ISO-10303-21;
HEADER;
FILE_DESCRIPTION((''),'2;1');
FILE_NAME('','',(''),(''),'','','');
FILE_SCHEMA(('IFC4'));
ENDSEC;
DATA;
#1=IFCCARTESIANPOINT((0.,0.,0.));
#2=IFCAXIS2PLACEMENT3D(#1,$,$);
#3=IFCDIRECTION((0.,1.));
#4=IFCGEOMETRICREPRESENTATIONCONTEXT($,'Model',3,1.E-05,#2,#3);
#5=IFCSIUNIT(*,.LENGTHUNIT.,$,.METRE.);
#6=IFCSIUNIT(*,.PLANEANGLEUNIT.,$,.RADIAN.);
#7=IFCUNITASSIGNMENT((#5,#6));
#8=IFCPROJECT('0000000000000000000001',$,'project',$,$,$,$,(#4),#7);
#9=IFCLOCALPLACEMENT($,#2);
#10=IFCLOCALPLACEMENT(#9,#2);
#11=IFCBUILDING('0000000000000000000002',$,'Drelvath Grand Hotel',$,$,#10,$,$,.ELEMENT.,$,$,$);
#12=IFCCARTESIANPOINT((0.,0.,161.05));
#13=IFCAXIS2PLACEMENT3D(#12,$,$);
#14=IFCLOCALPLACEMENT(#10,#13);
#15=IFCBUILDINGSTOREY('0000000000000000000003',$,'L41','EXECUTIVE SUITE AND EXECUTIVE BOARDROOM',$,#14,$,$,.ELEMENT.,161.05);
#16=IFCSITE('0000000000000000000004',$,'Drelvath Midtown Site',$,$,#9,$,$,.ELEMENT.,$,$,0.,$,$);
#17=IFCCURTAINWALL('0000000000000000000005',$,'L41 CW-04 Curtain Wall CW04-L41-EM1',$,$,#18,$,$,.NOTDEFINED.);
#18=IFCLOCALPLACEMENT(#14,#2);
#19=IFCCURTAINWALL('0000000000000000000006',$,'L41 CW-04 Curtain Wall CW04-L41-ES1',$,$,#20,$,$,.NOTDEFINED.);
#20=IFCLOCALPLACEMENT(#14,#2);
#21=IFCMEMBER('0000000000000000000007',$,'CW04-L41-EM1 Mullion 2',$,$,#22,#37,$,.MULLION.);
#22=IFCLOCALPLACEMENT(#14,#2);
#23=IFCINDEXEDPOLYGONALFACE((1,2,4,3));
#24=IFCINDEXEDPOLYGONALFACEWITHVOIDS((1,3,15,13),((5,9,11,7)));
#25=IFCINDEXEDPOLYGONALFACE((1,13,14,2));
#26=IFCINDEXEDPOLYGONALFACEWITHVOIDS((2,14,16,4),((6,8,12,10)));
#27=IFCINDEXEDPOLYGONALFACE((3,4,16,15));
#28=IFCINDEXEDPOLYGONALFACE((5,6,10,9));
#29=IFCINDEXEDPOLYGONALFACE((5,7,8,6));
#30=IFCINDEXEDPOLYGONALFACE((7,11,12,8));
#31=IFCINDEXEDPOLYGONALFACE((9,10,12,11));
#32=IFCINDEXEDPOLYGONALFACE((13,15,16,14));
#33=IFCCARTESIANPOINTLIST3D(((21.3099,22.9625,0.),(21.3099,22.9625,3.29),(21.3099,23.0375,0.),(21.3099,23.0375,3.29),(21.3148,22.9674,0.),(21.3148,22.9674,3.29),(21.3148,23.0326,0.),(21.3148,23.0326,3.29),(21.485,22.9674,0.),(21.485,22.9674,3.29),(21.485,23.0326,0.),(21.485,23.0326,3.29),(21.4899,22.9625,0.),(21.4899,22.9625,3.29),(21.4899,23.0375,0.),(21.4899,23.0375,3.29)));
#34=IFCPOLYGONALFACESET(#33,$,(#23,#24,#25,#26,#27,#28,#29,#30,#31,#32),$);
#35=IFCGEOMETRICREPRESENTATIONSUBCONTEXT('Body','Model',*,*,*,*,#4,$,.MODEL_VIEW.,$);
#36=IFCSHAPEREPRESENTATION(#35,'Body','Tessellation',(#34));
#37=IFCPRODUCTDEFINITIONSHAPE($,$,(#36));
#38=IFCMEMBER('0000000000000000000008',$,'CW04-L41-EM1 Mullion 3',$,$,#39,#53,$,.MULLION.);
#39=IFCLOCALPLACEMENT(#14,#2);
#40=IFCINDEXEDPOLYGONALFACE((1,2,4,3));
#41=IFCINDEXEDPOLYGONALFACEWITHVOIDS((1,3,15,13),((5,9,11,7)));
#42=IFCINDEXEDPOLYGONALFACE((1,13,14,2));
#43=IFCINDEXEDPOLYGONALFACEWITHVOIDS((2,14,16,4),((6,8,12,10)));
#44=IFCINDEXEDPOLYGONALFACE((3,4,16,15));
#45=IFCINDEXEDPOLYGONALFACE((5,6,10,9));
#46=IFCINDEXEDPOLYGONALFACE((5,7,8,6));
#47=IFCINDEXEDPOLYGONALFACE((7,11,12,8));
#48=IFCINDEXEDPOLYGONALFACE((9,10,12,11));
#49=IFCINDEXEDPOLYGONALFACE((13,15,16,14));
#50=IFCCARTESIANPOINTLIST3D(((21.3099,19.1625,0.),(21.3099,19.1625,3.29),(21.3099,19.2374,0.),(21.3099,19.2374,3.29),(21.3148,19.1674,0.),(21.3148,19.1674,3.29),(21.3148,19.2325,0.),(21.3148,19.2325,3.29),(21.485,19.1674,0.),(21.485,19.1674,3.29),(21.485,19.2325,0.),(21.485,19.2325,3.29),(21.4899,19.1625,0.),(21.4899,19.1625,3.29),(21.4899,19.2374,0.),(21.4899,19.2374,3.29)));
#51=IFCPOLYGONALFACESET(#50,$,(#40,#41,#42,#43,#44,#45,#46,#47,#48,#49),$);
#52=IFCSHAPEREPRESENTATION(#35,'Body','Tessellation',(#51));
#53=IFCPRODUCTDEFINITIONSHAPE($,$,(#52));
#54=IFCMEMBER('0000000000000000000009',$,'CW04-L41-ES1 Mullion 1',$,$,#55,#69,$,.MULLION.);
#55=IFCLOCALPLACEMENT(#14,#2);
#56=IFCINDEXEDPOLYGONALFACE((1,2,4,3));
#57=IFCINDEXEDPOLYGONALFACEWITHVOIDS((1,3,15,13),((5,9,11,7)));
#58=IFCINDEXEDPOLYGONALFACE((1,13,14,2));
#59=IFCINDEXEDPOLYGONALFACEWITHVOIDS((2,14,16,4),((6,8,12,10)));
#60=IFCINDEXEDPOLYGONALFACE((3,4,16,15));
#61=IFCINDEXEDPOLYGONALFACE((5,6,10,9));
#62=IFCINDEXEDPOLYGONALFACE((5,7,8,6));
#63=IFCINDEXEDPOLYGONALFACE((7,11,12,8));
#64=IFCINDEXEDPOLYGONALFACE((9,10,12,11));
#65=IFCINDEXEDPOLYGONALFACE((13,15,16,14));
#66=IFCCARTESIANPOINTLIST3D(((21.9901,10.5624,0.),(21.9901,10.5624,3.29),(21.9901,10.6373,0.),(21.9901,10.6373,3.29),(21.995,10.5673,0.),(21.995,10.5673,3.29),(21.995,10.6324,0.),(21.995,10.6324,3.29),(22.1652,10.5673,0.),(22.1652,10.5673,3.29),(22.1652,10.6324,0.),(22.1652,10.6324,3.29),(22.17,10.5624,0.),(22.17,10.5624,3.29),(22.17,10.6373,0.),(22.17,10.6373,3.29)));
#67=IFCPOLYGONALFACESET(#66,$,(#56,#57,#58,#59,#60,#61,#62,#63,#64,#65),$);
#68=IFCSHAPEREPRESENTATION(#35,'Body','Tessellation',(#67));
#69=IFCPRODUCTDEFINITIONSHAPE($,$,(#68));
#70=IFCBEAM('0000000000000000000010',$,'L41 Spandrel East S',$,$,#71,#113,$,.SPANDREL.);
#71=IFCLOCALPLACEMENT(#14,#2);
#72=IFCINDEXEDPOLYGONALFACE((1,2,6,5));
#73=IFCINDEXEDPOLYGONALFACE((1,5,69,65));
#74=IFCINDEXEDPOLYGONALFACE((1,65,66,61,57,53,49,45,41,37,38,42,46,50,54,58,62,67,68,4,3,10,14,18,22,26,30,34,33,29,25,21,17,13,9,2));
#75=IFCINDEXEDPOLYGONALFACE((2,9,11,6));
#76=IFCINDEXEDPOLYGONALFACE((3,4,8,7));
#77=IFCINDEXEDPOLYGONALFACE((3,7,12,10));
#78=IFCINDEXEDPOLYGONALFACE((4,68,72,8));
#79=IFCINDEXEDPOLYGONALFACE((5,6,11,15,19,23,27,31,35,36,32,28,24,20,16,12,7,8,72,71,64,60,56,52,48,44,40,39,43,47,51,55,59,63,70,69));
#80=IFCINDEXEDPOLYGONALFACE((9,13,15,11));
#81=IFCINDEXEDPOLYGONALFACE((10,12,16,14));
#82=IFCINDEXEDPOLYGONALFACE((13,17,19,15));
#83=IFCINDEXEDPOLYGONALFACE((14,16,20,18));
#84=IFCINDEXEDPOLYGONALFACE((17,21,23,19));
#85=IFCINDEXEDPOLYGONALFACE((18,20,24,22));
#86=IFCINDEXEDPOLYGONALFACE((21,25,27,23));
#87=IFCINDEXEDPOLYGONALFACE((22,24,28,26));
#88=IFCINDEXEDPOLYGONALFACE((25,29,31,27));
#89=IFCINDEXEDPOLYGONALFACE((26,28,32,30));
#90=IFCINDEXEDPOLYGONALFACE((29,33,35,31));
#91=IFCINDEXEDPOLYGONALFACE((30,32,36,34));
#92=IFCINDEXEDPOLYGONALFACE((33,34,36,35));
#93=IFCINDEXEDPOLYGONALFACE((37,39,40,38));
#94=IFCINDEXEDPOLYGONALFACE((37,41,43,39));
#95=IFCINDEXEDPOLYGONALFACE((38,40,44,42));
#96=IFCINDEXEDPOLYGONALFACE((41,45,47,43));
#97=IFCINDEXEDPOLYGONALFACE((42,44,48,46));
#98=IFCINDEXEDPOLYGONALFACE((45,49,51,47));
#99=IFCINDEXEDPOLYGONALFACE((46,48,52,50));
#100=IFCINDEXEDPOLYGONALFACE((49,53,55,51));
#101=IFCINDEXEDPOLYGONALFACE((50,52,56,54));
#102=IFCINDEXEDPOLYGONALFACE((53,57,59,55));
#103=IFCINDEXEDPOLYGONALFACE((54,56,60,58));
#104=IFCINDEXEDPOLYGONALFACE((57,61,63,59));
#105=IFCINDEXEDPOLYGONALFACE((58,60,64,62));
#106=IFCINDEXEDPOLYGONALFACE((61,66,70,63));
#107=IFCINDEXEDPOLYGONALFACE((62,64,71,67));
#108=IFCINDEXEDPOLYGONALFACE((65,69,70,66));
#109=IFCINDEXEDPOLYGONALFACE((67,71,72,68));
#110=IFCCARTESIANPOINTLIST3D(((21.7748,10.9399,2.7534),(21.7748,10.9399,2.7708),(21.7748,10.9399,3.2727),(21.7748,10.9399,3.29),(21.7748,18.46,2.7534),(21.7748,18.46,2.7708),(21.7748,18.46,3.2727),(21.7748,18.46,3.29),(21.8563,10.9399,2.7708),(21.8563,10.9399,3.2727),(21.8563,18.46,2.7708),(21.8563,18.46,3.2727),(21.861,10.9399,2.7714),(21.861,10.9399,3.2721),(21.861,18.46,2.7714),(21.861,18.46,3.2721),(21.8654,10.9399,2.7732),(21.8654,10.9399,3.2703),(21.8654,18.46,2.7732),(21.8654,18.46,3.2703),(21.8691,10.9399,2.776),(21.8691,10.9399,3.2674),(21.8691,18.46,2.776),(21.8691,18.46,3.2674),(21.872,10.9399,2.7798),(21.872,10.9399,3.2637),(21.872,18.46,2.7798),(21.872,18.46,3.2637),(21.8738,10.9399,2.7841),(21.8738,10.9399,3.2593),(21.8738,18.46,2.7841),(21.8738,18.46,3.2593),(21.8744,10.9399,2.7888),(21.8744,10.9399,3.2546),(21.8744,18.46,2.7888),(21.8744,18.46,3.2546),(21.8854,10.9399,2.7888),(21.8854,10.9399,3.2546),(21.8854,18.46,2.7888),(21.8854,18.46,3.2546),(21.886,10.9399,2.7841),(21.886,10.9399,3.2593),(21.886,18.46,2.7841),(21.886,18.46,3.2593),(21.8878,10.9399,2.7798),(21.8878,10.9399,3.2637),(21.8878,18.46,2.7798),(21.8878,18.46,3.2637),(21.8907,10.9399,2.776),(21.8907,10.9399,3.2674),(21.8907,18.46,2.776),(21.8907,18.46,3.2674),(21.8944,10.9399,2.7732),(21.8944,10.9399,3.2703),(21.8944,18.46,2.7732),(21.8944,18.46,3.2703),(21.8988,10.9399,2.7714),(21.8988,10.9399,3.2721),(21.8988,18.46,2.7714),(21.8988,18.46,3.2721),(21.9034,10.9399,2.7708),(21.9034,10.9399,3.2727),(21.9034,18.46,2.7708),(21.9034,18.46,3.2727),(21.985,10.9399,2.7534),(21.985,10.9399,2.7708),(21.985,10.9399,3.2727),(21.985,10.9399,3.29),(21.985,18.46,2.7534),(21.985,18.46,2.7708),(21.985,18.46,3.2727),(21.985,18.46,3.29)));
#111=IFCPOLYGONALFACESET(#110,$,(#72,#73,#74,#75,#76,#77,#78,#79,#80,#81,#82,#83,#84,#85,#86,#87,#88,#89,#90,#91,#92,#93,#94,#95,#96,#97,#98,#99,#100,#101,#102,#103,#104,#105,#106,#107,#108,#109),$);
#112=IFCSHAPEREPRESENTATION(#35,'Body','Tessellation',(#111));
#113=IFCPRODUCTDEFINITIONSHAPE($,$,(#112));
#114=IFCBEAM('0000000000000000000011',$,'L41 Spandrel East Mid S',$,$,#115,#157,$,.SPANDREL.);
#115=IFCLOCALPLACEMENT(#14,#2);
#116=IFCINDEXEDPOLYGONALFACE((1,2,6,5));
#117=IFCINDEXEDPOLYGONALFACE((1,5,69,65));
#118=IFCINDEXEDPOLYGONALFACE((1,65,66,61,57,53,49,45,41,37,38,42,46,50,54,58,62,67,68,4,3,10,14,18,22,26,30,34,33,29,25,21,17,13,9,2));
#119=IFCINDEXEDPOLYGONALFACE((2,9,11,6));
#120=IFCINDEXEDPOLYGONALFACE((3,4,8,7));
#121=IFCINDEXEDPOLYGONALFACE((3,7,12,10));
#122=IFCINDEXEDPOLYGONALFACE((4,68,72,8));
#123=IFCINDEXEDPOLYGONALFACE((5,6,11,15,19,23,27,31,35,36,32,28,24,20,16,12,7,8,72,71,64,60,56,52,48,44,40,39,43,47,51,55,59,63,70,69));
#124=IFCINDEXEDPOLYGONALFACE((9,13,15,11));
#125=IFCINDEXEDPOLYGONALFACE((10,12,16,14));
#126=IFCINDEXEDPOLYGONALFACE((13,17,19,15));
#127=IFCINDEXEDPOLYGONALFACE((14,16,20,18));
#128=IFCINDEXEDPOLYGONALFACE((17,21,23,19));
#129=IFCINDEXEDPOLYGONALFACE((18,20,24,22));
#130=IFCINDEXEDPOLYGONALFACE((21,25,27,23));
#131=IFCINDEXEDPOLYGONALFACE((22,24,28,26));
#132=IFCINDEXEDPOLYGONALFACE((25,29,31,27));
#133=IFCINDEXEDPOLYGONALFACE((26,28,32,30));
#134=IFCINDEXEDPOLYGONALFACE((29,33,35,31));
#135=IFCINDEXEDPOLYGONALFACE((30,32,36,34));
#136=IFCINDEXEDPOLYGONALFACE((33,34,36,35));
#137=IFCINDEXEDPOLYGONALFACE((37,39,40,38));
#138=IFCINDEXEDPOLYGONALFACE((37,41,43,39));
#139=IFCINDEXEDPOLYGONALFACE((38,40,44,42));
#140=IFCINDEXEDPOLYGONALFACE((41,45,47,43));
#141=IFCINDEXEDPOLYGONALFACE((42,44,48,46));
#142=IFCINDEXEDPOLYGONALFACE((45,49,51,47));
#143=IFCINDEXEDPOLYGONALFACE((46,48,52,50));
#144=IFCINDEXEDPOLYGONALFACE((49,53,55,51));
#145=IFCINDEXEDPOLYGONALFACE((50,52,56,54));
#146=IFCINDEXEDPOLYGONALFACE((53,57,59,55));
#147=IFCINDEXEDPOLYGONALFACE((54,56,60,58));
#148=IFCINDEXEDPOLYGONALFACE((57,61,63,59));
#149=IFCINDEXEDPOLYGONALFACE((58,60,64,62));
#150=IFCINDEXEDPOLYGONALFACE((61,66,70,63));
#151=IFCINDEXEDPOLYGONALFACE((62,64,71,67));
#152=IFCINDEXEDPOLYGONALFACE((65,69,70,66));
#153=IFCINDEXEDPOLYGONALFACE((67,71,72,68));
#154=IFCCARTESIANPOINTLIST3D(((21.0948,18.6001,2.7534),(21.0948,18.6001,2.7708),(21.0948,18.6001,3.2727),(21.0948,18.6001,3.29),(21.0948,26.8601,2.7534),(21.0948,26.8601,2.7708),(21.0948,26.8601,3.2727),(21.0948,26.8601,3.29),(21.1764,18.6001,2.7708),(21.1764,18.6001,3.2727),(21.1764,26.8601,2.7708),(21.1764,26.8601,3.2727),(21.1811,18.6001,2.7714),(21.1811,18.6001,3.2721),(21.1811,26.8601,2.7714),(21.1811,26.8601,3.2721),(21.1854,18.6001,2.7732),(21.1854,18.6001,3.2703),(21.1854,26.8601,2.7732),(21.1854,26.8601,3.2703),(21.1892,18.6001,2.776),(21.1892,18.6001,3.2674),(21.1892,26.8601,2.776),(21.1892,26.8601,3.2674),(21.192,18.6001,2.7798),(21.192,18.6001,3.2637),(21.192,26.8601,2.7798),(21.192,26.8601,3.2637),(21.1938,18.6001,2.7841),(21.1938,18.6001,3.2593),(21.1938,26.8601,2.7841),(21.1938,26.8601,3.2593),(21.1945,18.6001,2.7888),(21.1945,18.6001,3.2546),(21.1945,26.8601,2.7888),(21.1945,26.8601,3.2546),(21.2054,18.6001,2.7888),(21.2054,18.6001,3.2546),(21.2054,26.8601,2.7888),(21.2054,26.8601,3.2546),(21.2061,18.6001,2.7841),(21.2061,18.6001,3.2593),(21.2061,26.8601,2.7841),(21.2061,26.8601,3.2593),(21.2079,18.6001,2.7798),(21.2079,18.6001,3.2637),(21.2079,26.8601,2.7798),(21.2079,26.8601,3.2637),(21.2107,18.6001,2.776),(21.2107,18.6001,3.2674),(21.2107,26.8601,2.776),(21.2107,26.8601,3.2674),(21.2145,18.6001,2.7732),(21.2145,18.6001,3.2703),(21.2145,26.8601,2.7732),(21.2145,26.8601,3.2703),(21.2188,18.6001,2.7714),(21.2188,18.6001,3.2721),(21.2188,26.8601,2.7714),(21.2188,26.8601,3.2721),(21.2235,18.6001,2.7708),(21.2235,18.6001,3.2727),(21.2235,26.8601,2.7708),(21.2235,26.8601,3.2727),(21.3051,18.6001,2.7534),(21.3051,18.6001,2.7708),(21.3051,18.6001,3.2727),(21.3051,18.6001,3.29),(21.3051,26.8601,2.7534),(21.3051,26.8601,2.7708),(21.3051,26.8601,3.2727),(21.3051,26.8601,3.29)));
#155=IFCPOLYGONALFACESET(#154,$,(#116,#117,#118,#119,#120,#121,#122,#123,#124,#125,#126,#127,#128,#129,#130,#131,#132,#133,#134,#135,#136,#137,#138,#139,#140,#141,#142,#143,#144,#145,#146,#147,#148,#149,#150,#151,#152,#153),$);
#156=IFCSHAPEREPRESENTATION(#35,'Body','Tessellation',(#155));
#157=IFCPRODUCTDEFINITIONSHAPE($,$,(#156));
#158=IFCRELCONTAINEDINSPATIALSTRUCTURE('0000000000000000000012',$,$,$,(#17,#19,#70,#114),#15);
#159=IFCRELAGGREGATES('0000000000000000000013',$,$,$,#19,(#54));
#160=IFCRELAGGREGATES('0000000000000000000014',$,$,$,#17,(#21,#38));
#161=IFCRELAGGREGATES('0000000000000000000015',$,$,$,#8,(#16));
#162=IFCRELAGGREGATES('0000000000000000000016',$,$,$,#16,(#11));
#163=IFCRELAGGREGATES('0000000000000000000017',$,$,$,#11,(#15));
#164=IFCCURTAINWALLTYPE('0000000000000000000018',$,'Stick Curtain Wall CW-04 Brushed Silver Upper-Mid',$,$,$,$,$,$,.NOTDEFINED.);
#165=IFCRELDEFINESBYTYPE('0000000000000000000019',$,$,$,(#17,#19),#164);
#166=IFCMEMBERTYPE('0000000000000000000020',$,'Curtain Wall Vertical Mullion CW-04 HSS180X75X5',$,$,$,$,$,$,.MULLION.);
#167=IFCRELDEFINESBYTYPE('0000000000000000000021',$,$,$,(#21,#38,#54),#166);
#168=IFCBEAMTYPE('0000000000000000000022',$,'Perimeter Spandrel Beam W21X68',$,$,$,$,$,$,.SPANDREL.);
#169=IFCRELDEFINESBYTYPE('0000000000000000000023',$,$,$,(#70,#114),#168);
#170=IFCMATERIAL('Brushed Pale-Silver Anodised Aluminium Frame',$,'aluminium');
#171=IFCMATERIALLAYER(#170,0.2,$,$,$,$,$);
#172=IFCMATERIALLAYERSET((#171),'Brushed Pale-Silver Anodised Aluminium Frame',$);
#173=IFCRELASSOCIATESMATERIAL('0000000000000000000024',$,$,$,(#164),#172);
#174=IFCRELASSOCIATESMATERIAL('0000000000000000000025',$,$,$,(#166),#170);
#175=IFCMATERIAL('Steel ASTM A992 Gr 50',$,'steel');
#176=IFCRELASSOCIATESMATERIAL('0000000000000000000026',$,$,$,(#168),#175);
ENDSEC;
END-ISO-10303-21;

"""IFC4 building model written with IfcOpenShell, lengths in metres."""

from ifc_helpers import new_model, si_unit, direction, frame, origin, origin_2d, place, context, subcontext, project, spatial, hollow_rectangle, i_section, extrude, material, layer, layer_set, material_profile, profile_set, type_object, element, aggregate, save


model = new_model("IFC4")

# Units and contexts
model_context = context("Model", 3, precision=1e-05, world=origin(), true_north=direction((0.0, 1.0)))
body_context = subcontext(model_context, "Body", "Model", "MODEL_VIEW")
ifc_project = project(units=[si_unit("LENGTHUNIT", "METRE"), si_unit("PLANEANGLEUNIT", "RADIAN")], contexts=[model_context])

# Site, building, storey
site_placement = place(None, origin())
site = spatial("IfcSite", under=ifc_project, at=site_placement, Name="Drelvath Midtown Site", CompositionType="ELEMENT", RefElevation=0.0)
building_placement = place(site_placement, origin())
building = spatial("IfcBuilding", under=site, at=building_placement, Name="Drelvath Grand Hotel", CompositionType="ELEMENT")
storey_placement = place(building_placement, frame((0.0, 0.0, 161.05)))
storey = spatial("IfcBuildingStorey", under=building, at=storey_placement, Name="L41", Description="EXECUTIVE SUITE AND EXECUTIVE BOARDROOM", CompositionType="ELEMENT", Elevation=161.05)

# Shared definitions
ifc_material_1 = material(Name="Steel ASTM A992 Gr 50", Category="steel")

# Curtain walls
ifc_material_2 = material(Name="Brushed Pale-Silver Anodised Aluminium Frame", Category="aluminium")
ifc_layer_1 = layer(ifc_material_2, 0.2)
ifc_layer_set_1 = layer_set([ifc_layer_1], Name="Brushed Pale-Silver Anodised Aluminium Frame")
curtain_wall_type = type_object("IfcCurtainWallType", Name="Stick Curtain Wall CW-04 Brushed Silver Upper-Mid", PredefinedType="NOTDEFINED", material=ifc_layer_set_1)
curtain_wall_1_placement = place(storey_placement, origin())
curtain_wall_1 = element("IfcCurtainWall", 1, at=curtain_wall_1_placement, inside=storey, type_object=curtain_wall_type, Name="L41 CW-04 Curtain Wall CW04-L41-EM1", PredefinedType="NOTDEFINED")
curtain_wall_2_placement = place(storey_placement, origin())
curtain_wall_2 = element("IfcCurtainWall", 2, at=curtain_wall_2_placement, inside=storey, type_object=curtain_wall_type, Name="L41 CW-04 Curtain Wall CW04-L41-ES1", PredefinedType="NOTDEFINED")

# Members
ifc_material_profile_1 = material_profile(ifc_material_2, hollow_rectangle(XDim=0.075, YDim=0.1799, WallThickness=0.0049, at=origin_2d()), Name="HSS180X75X5")
ifc_profile_set_1 = profile_set([ifc_material_profile_1], Name="Brushed Pale-Silver Anodised Aluminium Frame")
member_type_1 = type_object("IfcMemberType", Name="Curtain Wall Vertical Mullion CW-04 HSS180X75X5", PredefinedType="MULLION", material=ifc_profile_set_1)
member_1_placement = place(storey_placement, frame((21.3999, 23.0, 0.0), z_axis=(0.0, 0.0, 1.0), x_axis=(0.0, 1.0, 0.0)))
member_1 = element("IfcMember", 3, at=member_1_placement, type_object=member_type_1, Name="CW04-L41-EM1 Mullion 2", PredefinedType="MULLION", context=body_context, shape_type="SweptSolid", body=[
    extrude(hollow_rectangle(XDim=0.075, YDim=0.1799, WallThickness=0.0049, at=origin_2d()), origin(), (0.0, 0.0, 1.0), 3.29),
])
member_2_placement = place(storey_placement, frame((21.3999, 19.2, 0.0), z_axis=(0.0, 0.0, 1.0), x_axis=(0.0, 1.0, 0.0)))
member_2 = element("IfcMember", 4, at=member_2_placement, type_object=member_type_1, Name="CW04-L41-EM1 Mullion 3", PredefinedType="MULLION", context=body_context, shape_type="SweptSolid", body=[
    extrude(hollow_rectangle(XDim=0.075, YDim=0.1799, WallThickness=0.0049, at=origin_2d()), origin(), (0.0, 0.0, 1.0), 3.29),
])
member_3_placement = place(storey_placement, frame((22.0801, 10.5999, 0.0), z_axis=(0.0, 0.0, 1.0), x_axis=(0.0, 1.0, 0.0)))
member_3 = element("IfcMember", 5, at=member_3_placement, type_object=member_type_1, Name="CW04-L41-ES1 Mullion 1", PredefinedType="MULLION", context=body_context, shape_type="SweptSolid", body=[
    extrude(hollow_rectangle(XDim=0.075, YDim=0.1799, WallThickness=0.0049, at=origin_2d()), origin(), (0.0, 0.0, 1.0), 3.29),
])
aggregate(curtain_wall_2, [member_3])

# Beams
ifc_material_profile_2 = material_profile(ifc_material_1, i_section(OverallWidth=0.2102, OverallDepth=0.5366, WebThickness=0.011, FlangeThickness=0.0173, FilletRadius=0.0181, at=origin_2d()), Name="W21X68")
ifc_profile_set_2 = profile_set([ifc_material_profile_2], Name="Steel ASTM A992 Gr 50")
beam_type_1 = type_object("IfcBeamType", Name="Perimeter Spandrel Beam W21X68", PredefinedType="SPANDREL", material=ifc_profile_set_2)
beam_1_placement = place(storey_placement, frame((21.8799, 10.9399, 3.0217), z_axis=(0.0, 1.0, 0.0), x_axis=(-1.0, 0.0, 0.0)))
element("IfcBeam", 6, at=beam_1_placement, inside=storey, type_object=beam_type_1, Name="L41 Spandrel East S", PredefinedType="SPANDREL", context=body_context, shape_type="SweptSolid", body=[
    extrude(i_section(OverallWidth=0.2102, OverallDepth=0.5366, WebThickness=0.011, FlangeThickness=0.0173, FilletRadius=0.0181, at=origin_2d()), origin(), (0.0, 0.0, 1.0), 7.52),
])
beam_2_placement = place(storey_placement, frame((21.2, 18.6001, 3.0217), z_axis=(0.0, 1.0, 0.0), x_axis=(-1.0, 0.0, 0.0)))
element("IfcBeam", 7, at=beam_2_placement, inside=storey, type_object=beam_type_1, Name="L41 Spandrel East Mid S", PredefinedType="SPANDREL", context=body_context, shape_type="SweptSolid", body=[
    extrude(i_section(OverallWidth=0.2102, OverallDepth=0.5366, WebThickness=0.011, FlangeThickness=0.0173, FilletRadius=0.0181, at=origin_2d()), origin(), (0.0, 0.0, 1.0), 8.26),
])

aggregate(curtain_wall_1, [member_1, member_2])

save(model, "model.ifc")
